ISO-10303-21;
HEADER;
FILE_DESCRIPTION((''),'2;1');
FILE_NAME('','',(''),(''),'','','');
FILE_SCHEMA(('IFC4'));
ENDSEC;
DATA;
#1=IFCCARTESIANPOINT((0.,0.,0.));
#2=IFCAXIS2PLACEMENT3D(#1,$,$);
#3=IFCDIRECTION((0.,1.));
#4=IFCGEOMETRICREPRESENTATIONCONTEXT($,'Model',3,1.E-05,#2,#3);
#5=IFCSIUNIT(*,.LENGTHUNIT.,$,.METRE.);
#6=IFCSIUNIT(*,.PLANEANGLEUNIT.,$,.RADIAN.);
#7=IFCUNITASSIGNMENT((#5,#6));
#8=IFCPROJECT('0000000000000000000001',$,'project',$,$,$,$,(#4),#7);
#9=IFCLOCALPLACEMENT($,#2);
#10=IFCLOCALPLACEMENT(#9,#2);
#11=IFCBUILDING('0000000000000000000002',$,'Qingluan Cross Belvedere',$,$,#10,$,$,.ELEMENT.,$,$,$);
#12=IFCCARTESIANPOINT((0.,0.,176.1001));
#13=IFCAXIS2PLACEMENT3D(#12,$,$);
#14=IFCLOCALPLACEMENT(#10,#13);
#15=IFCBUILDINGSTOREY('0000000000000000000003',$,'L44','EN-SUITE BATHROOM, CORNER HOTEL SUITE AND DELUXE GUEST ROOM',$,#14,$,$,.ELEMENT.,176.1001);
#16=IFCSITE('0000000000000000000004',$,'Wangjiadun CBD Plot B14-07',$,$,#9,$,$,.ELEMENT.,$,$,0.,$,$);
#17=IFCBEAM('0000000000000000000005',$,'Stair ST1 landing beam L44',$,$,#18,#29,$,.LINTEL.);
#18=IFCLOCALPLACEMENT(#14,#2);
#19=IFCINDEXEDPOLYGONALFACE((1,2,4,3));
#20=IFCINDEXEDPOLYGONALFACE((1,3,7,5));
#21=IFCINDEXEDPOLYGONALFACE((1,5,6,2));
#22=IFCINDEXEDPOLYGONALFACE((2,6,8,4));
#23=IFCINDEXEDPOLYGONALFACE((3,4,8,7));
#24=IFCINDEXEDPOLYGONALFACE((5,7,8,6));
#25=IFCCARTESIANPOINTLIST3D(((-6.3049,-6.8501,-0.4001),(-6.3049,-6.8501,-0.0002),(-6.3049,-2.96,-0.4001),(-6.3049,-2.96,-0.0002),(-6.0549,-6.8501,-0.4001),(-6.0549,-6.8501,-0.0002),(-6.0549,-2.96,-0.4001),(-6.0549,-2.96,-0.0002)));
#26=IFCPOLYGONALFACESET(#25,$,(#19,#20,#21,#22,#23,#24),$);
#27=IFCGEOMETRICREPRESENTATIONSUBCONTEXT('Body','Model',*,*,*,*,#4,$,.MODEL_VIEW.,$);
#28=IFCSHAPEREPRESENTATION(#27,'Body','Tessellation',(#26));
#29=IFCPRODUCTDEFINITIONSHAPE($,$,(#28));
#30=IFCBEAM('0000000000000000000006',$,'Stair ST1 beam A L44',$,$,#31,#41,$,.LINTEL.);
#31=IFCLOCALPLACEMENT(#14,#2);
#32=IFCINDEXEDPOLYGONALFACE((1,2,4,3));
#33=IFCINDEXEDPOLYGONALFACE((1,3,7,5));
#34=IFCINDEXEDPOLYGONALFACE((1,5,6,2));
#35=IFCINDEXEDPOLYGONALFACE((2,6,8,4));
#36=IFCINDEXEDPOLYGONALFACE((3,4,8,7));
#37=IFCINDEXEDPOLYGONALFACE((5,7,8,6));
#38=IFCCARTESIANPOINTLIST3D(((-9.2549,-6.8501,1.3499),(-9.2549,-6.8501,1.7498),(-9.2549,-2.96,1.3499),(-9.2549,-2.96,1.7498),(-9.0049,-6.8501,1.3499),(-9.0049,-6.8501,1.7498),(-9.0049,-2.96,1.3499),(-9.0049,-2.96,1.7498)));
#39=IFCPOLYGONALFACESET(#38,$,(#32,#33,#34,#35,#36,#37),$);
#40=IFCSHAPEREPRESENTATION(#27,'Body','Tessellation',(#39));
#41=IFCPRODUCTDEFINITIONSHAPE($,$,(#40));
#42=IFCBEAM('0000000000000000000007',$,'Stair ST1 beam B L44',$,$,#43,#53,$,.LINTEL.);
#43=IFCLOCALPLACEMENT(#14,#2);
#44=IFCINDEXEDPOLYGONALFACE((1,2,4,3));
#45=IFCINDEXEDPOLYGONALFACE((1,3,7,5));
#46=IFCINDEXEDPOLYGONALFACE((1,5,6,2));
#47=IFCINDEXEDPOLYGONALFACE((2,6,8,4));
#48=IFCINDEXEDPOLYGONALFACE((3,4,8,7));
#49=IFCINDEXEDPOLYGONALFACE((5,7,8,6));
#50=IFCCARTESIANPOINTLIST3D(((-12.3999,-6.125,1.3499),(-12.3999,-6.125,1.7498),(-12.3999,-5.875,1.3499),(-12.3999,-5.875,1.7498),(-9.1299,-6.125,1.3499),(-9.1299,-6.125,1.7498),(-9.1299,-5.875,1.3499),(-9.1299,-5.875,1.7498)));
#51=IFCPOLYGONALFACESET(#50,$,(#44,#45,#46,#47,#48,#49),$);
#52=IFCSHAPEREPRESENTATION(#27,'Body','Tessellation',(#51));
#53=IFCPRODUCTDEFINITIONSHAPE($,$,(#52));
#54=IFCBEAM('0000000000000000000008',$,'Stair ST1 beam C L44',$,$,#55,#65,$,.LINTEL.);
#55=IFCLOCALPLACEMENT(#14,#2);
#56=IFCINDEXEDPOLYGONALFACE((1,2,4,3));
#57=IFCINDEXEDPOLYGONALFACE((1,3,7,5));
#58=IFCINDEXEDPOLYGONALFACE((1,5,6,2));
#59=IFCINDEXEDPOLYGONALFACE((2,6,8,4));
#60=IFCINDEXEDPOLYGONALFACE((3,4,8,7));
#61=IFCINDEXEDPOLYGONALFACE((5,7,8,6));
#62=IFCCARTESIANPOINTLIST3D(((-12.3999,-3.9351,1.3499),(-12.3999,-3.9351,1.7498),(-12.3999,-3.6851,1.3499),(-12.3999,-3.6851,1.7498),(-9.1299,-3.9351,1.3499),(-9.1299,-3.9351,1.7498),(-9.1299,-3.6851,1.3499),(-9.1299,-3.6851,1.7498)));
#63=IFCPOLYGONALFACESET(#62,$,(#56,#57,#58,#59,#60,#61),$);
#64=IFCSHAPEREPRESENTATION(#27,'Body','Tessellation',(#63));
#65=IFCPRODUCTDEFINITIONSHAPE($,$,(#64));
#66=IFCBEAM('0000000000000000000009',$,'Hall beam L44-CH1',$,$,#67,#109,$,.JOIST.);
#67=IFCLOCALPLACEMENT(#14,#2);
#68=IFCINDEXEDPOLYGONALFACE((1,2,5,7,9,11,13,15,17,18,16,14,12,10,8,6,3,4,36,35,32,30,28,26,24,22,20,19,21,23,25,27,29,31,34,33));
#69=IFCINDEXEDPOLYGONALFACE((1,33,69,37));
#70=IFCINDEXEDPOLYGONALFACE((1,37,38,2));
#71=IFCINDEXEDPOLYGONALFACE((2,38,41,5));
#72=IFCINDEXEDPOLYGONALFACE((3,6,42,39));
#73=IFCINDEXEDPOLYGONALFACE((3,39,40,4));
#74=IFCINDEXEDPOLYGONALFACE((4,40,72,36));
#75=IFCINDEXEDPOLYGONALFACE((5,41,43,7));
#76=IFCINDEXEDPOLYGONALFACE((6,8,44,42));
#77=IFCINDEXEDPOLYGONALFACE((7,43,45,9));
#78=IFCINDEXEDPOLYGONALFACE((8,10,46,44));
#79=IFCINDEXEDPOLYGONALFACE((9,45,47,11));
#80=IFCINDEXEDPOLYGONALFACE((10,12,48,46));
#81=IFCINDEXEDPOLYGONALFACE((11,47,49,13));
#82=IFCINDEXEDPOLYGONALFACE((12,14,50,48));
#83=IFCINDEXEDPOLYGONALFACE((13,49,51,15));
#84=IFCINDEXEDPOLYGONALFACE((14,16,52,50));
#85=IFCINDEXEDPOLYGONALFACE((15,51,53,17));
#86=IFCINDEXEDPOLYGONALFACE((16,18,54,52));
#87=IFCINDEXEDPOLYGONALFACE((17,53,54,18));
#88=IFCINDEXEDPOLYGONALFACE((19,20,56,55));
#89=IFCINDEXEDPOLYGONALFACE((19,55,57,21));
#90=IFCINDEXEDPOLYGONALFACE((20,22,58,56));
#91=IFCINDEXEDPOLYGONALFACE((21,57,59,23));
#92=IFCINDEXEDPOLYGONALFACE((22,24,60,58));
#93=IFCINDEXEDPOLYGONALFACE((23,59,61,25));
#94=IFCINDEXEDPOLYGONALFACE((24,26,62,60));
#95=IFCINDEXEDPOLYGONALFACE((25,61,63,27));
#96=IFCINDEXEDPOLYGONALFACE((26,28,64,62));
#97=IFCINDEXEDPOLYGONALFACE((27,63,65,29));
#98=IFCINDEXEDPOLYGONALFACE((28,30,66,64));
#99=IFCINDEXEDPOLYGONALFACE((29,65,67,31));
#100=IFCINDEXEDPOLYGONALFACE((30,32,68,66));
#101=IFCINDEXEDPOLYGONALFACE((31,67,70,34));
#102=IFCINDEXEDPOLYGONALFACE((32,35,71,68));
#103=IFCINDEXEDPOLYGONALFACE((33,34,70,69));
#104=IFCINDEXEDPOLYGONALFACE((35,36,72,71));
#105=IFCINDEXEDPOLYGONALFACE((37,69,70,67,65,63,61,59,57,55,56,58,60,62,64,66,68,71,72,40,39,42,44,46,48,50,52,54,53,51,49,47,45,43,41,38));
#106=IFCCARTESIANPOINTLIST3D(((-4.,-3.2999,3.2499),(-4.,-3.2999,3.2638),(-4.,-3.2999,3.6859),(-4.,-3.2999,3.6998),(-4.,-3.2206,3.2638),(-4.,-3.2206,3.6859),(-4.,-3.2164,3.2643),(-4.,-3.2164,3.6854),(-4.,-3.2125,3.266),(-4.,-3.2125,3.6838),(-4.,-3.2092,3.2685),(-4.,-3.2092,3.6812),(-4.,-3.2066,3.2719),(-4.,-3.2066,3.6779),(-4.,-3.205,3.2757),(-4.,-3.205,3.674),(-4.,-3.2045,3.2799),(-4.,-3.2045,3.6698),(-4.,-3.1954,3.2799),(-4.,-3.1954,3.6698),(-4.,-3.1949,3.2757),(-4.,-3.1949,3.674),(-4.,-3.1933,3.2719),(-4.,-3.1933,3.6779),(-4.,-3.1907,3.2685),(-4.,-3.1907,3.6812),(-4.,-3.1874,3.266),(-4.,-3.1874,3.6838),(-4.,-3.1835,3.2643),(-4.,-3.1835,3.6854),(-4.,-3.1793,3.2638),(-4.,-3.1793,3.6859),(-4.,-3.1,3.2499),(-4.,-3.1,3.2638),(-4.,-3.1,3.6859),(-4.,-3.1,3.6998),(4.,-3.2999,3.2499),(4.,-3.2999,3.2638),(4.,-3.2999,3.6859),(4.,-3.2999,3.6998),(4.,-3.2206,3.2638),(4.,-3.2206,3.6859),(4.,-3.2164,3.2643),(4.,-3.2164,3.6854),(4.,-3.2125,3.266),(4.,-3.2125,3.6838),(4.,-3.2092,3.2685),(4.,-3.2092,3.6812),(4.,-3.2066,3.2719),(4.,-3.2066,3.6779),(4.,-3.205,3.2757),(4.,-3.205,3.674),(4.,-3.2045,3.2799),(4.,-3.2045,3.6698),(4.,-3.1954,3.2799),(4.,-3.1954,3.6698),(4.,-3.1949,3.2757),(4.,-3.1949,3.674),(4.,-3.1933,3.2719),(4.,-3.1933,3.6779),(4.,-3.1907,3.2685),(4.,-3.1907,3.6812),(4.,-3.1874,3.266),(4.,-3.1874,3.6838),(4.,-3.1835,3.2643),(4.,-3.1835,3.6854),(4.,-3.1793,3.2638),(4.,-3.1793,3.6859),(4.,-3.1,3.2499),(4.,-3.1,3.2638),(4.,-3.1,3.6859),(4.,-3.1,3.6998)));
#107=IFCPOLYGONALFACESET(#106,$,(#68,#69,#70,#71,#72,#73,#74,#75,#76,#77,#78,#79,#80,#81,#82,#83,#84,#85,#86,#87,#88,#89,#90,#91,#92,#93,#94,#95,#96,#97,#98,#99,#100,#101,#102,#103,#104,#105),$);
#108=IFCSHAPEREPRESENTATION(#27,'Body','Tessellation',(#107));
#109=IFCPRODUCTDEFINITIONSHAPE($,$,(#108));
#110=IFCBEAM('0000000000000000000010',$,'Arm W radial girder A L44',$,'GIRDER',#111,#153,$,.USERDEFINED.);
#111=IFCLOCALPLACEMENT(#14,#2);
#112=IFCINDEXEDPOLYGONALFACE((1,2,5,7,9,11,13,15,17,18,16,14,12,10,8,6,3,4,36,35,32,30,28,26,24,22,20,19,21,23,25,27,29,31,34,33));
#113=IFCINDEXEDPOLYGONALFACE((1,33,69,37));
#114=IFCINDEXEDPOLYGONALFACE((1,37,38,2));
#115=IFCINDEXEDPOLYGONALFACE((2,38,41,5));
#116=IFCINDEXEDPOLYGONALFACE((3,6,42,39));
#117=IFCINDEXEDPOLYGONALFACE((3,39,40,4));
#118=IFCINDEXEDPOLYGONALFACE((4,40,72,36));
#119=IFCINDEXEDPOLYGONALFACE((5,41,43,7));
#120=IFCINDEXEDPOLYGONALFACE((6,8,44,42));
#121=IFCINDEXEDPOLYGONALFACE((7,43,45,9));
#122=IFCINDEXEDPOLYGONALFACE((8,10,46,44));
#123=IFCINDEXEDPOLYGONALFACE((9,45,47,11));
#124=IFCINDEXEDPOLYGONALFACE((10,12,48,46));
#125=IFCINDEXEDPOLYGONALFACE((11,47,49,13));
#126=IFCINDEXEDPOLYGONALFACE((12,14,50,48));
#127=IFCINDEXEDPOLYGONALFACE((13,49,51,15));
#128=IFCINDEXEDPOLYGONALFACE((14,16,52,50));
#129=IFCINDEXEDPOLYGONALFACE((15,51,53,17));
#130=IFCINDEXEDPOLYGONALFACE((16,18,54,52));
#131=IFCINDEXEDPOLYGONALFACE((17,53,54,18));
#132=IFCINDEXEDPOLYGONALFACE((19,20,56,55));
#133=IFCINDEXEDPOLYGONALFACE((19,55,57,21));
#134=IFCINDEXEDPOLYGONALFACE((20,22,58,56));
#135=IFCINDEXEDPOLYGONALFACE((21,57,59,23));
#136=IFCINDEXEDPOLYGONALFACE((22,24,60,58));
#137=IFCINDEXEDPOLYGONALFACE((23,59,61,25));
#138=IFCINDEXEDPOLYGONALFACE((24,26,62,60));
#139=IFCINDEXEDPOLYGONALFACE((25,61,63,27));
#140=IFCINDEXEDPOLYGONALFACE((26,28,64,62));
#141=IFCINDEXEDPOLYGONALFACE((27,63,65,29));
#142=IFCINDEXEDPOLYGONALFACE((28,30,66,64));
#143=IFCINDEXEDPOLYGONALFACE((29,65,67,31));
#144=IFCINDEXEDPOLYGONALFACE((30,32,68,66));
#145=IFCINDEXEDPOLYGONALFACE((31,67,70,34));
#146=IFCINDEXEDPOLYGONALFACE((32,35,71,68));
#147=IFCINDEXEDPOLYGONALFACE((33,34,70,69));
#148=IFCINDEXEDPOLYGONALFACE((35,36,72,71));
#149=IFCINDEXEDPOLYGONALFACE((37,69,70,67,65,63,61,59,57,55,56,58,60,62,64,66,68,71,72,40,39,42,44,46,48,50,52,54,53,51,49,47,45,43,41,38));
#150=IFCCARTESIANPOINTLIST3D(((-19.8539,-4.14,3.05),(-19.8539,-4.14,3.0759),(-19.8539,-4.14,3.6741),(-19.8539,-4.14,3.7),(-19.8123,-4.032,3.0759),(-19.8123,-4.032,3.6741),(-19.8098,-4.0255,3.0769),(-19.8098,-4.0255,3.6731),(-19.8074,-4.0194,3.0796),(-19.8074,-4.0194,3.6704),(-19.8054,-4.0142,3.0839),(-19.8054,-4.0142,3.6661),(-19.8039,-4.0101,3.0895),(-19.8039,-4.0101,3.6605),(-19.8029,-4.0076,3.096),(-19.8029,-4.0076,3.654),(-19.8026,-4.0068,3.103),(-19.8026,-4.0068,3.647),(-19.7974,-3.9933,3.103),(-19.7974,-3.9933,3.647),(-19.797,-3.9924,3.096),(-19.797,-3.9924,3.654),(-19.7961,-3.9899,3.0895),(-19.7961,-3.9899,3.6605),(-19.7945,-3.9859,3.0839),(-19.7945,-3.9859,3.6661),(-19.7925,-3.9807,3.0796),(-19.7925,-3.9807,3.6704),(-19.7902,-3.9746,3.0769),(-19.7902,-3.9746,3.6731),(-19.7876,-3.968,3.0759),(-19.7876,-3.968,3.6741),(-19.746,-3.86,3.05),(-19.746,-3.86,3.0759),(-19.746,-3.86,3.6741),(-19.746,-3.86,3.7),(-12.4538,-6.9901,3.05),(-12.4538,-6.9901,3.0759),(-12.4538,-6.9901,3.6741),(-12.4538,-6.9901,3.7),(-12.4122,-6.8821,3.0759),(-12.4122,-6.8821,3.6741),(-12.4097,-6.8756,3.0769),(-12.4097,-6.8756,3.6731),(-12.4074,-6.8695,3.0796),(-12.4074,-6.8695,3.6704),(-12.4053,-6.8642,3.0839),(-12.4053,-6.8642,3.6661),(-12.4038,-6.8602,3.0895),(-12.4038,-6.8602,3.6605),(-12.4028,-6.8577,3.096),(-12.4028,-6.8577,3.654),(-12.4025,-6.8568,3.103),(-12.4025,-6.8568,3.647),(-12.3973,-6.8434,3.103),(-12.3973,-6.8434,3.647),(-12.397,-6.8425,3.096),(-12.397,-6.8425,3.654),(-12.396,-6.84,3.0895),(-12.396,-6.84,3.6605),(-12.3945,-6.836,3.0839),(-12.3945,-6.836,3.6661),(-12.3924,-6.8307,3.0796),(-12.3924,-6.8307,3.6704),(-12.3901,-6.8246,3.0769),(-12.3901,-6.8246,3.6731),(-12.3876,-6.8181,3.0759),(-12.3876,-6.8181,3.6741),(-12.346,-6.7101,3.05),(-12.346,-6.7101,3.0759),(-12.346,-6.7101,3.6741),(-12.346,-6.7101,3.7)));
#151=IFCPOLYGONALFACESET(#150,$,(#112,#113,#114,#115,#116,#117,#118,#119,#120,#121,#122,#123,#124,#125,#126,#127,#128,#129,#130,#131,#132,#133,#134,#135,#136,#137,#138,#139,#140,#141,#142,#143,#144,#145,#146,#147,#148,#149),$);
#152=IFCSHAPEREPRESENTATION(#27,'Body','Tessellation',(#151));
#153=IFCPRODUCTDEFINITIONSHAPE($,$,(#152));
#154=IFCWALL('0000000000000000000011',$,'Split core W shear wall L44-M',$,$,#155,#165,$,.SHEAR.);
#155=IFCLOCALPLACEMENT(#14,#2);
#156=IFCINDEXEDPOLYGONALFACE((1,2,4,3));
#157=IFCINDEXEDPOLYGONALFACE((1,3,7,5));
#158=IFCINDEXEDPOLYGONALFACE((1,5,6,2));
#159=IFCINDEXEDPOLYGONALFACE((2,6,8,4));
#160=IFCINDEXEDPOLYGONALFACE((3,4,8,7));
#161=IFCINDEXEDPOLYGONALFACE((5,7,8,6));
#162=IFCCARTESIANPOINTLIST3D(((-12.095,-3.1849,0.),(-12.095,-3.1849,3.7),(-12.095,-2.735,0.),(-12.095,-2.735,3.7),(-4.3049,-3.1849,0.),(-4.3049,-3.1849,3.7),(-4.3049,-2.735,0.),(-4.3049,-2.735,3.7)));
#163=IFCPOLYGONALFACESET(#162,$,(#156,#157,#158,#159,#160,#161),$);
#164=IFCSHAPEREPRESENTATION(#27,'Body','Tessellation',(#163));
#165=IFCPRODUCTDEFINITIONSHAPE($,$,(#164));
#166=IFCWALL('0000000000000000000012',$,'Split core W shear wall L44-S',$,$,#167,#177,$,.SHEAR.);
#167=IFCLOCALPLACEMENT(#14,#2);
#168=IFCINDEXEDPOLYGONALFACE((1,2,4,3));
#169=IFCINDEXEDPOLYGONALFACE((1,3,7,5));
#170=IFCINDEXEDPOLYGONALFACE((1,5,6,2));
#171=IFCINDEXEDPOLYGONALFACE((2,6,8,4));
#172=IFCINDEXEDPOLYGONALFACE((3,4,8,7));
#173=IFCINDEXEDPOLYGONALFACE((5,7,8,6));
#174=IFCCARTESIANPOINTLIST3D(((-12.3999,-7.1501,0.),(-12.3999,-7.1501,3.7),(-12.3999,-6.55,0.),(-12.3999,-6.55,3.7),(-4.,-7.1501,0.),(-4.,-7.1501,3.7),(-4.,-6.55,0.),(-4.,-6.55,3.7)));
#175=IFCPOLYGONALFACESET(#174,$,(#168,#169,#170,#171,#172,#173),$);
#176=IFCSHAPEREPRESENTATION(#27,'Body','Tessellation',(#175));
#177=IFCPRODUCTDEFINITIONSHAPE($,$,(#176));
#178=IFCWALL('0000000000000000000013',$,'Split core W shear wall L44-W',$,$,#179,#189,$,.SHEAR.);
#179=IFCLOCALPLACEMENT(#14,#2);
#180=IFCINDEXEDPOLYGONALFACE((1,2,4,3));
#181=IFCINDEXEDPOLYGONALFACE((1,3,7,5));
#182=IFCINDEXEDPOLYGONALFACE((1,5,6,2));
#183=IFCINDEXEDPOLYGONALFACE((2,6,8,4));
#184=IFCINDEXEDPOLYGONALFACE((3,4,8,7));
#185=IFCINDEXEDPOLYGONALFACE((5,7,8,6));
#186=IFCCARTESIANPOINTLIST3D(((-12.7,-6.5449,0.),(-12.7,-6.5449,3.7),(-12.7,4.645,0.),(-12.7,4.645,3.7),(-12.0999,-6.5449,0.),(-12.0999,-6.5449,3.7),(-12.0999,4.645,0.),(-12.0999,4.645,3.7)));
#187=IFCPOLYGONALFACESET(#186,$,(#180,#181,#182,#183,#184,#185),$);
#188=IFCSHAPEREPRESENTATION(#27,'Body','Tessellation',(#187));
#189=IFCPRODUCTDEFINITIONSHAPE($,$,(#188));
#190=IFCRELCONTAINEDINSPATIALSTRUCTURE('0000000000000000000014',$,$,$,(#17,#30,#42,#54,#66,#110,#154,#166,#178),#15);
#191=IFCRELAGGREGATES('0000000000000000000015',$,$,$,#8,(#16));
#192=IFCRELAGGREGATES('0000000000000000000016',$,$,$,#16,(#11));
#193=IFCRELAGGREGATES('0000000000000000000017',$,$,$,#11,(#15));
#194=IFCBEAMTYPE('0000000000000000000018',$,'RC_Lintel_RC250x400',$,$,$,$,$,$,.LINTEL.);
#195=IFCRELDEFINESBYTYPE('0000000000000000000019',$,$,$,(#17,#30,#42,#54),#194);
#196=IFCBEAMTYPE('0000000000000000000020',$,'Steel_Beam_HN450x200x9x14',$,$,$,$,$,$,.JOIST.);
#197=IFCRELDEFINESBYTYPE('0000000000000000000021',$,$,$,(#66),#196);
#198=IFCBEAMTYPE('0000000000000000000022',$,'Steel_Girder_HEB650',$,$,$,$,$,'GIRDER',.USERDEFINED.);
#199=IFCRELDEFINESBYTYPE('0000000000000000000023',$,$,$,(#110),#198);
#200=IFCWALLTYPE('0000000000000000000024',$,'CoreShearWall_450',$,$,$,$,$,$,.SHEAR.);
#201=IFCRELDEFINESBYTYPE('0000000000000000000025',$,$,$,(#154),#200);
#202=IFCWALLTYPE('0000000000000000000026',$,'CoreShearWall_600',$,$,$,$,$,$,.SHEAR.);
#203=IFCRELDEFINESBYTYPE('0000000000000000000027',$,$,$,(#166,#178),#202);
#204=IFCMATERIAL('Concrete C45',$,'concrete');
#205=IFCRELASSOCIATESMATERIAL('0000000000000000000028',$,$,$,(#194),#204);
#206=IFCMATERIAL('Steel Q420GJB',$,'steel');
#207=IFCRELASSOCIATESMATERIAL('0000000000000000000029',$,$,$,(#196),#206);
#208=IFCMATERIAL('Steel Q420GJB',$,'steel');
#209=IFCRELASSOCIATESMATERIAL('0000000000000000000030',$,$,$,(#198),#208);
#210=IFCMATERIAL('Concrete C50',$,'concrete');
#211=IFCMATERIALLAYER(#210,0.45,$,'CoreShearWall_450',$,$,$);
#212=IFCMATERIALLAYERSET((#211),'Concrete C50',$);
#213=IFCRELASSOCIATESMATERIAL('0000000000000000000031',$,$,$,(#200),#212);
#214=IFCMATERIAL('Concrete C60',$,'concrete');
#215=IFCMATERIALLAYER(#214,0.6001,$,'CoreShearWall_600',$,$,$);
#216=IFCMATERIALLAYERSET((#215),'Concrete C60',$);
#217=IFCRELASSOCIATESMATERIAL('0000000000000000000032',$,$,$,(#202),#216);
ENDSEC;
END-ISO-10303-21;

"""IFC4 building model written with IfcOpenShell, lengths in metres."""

from ifc_helpers import new_model, si_unit, direction, frame, frame_2d, origin, origin_2d, place, context, subcontext, project, spatial, rectangle, i_section, extrude, material, layer, layer_set, material_profile, profile_set, type_object, element, save


model = new_model("IFC4")

# Units and contexts
model_context = context("Model", 3, precision=1e-05, world=origin(), true_north=direction((0.0, 1.0)))
body_context = subcontext(model_context, "Body", "Model", "MODEL_VIEW")
ifc_project = project(units=[si_unit("LENGTHUNIT", "METRE"), si_unit("PLANEANGLEUNIT", "RADIAN")], contexts=[model_context])

# Site, building, storey
site_placement = place(None, origin())
site = spatial("IfcSite", under=ifc_project, at=site_placement, Name="Wangjiadun CBD Plot B14-07", CompositionType="ELEMENT", RefElevation=0.0)
building_placement = place(site_placement, origin())
building = spatial("IfcBuilding", under=site, at=building_placement, Name="Qingluan Cross Belvedere", CompositionType="ELEMENT")
storey_placement = place(building_placement, frame((0.0, 0.0, 176.1001)))
storey = spatial("IfcBuildingStorey", under=building, at=storey_placement, Name="L44", Description="EN-SUITE BATHROOM, CORNER HOTEL SUITE AND DELUXE GUEST ROOM", CompositionType="ELEMENT", Elevation=176.1001)

# Beams
ifc_material_1 = material(Name="Concrete C45", Category="concrete")
ifc_material_profile_1 = material_profile(ifc_material_1, rectangle(XDim=0.25, YDim=0.3999, at=origin_2d()), Name="RC250x400")
ifc_profile_set_1 = profile_set([ifc_material_profile_1], Name="Concrete C45")
beam_type_1 = type_object("IfcBeamType", Name="RC_Lintel_RC250x400", PredefinedType="LINTEL", material=ifc_profile_set_1)
for number, where, z_axis, x_axis, name in (
    (1, (-6.1799, -6.8501, -0.2002), (0.0, 1.0, 0.0), (-1.0, 0.0, 0.0), "Stair ST1 landing beam L44"),
    (2, (-9.1299, -6.8501, 1.5498), (0.0, 1.0, 0.0), (-1.0, 0.0, 0.0), "Stair ST1 beam A L44"),
):
    element("IfcBeam", number, at=place(storey_placement, frame(where, z_axis=z_axis, x_axis=x_axis)), inside=storey, type_object=beam_type_1, Name=name, PredefinedType="LINTEL", context=body_context, shape_type="SweptSolid", body=[
        extrude(rectangle(XDim=0.25, YDim=0.3999, at=origin_2d()), origin(), (0.0, 0.0, 1.0), 3.8901),
    ])
for number, where, z_axis, x_axis, name in (
    (3, (-12.3999, -6.0, 1.5498), (1.0, 0.0, 0.0), (0.0, 1.0, 0.0), "Stair ST1 beam B L44"),
    (4, (-12.3999, -3.8101, 1.5498), (1.0, 0.0, 0.0), (0.0, 1.0, 0.0), "Stair ST1 beam C L44"),
):
    element("IfcBeam", number, at=place(storey_placement, frame(where, z_axis=z_axis, x_axis=x_axis)), inside=storey, type_object=beam_type_1, Name=name, PredefinedType="LINTEL", context=body_context, shape_type="SweptSolid", body=[
        extrude(rectangle(XDim=0.25, YDim=0.3999, at=origin_2d()), origin(), (0.0, 0.0, 1.0), 3.27),
    ])
ifc_material_2 = material(Name="Steel Q420GJB", Category="steel")
ifc_material_profile_2 = material_profile(ifc_material_2, i_section(OverallWidth=0.2, OverallDepth=0.45, WebThickness=0.009, FlangeThickness=0.0139, FilletRadius=0.0161, at=origin_2d()), Name="HN450x200x9x14")
ifc_profile_set_2 = profile_set([ifc_material_profile_2], Name="Steel Q420GJB")
beam_type_2 = type_object("IfcBeamType", Name="Steel_Beam_HN450x200x9x14", PredefinedType="JOIST", material=ifc_profile_set_2)
beam_1_placement = place(storey_placement, frame((-4.0, -3.2, 3.4749), z_axis=(1.0, 0.0, 0.0), x_axis=(0.0, 1.0, 0.0)))
element("IfcBeam", 5, at=beam_1_placement, inside=storey, type_object=beam_type_2, Name="Hall beam L44-CH1", PredefinedType="JOIST", context=body_context, shape_type="SweptSolid", body=[
    extrude(i_section(OverallWidth=0.2, OverallDepth=0.45, WebThickness=0.009, FlangeThickness=0.0139, FilletRadius=0.0161, at=origin_2d()), origin(), (0.0, 0.0, 1.0), 8.0),
])
ifc_material_3 = material(Name="Steel Q420GJB", Category="steel")
ifc_material_profile_3 = material_profile(ifc_material_3, i_section(OverallWidth=0.3, OverallDepth=0.6499, WebThickness=0.0144, FlangeThickness=0.0259, FilletRadius=0.0271, at=origin_2d()), Name="HEB650")
ifc_profile_set_3 = profile_set([ifc_material_profile_3], Name="Steel Q420GJB")
beam_type_3 = type_object("IfcBeamType", Name="Steel_Girder_HEB650", ElementType="GIRDER", PredefinedType="USERDEFINED", material=ifc_profile_set_3)
beam_2_placement = place(storey_placement, frame((-12.3999, -6.8501, 3.375), z_axis=(-0.933181, 0.359406, 0.0), x_axis=(-0.359406, -0.933181, 0.0)))
element("IfcBeam", 6, at=beam_2_placement, inside=storey, type_object=beam_type_3, Name="Arm W radial girder A L44", ObjectType="GIRDER", PredefinedType="USERDEFINED", context=body_context, shape_type="SweptSolid", body=[
    extrude(i_section(OverallWidth=0.3, OverallDepth=0.6499, WebThickness=0.0144, FlangeThickness=0.0259, FilletRadius=0.0271, at=origin_2d()), origin(), (0.0, 0.0, 1.0), 7.9299),
])

# Walls
ifc_material_4 = material(Name="Concrete C50", Category="concrete")
ifc_layer_1 = layer(ifc_material_4, 0.45, Name="CoreShearWall_450")
ifc_layer_set_1 = layer_set([ifc_layer_1], Name="Concrete C50")
wall_type_1 = type_object("IfcWallType", Name="CoreShearWall_450", PredefinedType="SHEAR", material=ifc_layer_set_1)
wall_1_placement = place(storey_placement, frame((-12.095, -2.96, 0.0), z_axis=(0.0, 0.0, 1.0), x_axis=(1.0, 0.0, 0.0)))
element("IfcWall", 7, at=wall_1_placement, inside=storey, type_object=wall_type_1, Name="Split core W shear wall L44-M", PredefinedType="SHEAR", context=body_context, shape_type="SweptSolid", body=[
    extrude(rectangle(XDim=7.79, YDim=0.45, at=frame_2d((3.895, 0.0))), origin(), (0.0, 0.0, 1.0), 3.7),
])
ifc_material_5 = material(Name="Concrete C60", Category="concrete")
ifc_layer_2 = layer(ifc_material_5, 0.6001, Name="CoreShearWall_600")
ifc_layer_set_2 = layer_set([ifc_layer_2], Name="Concrete C60")
wall_type_2 = type_object("IfcWallType", Name="CoreShearWall_600", PredefinedType="SHEAR", material=ifc_layer_set_2)
wall_2_placement = place(storey_placement, frame((-12.3999, -6.8501, 0.0), z_axis=(0.0, 0.0, 1.0), x_axis=(1.0, 0.0, 0.0)))
element("IfcWall", 8, at=wall_2_placement, inside=storey, type_object=wall_type_2, Name="Split core W shear wall L44-S", PredefinedType="SHEAR", context=body_context, shape_type="SweptSolid", body=[
    extrude(rectangle(XDim=8.3999, YDim=0.6001, at=frame_2d((4.2, 0.0))), origin(), (0.0, 0.0, 1.0), 3.7),
])
wall_3_placement = place(storey_placement, frame((-12.3999, -6.5449, 0.0), z_axis=(0.0, 0.0, 1.0), x_axis=(0.0, 1.0, 0.0)))
element("IfcWall", 9, at=wall_3_placement, inside=storey, type_object=wall_type_2, Name="Split core W shear wall L44-W", PredefinedType="SHEAR", context=body_context, shape_type="SweptSolid", body=[
    extrude(rectangle(XDim=11.1899, YDim=0.6001, at=frame_2d((5.595, 0.0))), origin(), (0.0, 0.0, 1.0), 3.7),
])

save(model, "model.ifc")
